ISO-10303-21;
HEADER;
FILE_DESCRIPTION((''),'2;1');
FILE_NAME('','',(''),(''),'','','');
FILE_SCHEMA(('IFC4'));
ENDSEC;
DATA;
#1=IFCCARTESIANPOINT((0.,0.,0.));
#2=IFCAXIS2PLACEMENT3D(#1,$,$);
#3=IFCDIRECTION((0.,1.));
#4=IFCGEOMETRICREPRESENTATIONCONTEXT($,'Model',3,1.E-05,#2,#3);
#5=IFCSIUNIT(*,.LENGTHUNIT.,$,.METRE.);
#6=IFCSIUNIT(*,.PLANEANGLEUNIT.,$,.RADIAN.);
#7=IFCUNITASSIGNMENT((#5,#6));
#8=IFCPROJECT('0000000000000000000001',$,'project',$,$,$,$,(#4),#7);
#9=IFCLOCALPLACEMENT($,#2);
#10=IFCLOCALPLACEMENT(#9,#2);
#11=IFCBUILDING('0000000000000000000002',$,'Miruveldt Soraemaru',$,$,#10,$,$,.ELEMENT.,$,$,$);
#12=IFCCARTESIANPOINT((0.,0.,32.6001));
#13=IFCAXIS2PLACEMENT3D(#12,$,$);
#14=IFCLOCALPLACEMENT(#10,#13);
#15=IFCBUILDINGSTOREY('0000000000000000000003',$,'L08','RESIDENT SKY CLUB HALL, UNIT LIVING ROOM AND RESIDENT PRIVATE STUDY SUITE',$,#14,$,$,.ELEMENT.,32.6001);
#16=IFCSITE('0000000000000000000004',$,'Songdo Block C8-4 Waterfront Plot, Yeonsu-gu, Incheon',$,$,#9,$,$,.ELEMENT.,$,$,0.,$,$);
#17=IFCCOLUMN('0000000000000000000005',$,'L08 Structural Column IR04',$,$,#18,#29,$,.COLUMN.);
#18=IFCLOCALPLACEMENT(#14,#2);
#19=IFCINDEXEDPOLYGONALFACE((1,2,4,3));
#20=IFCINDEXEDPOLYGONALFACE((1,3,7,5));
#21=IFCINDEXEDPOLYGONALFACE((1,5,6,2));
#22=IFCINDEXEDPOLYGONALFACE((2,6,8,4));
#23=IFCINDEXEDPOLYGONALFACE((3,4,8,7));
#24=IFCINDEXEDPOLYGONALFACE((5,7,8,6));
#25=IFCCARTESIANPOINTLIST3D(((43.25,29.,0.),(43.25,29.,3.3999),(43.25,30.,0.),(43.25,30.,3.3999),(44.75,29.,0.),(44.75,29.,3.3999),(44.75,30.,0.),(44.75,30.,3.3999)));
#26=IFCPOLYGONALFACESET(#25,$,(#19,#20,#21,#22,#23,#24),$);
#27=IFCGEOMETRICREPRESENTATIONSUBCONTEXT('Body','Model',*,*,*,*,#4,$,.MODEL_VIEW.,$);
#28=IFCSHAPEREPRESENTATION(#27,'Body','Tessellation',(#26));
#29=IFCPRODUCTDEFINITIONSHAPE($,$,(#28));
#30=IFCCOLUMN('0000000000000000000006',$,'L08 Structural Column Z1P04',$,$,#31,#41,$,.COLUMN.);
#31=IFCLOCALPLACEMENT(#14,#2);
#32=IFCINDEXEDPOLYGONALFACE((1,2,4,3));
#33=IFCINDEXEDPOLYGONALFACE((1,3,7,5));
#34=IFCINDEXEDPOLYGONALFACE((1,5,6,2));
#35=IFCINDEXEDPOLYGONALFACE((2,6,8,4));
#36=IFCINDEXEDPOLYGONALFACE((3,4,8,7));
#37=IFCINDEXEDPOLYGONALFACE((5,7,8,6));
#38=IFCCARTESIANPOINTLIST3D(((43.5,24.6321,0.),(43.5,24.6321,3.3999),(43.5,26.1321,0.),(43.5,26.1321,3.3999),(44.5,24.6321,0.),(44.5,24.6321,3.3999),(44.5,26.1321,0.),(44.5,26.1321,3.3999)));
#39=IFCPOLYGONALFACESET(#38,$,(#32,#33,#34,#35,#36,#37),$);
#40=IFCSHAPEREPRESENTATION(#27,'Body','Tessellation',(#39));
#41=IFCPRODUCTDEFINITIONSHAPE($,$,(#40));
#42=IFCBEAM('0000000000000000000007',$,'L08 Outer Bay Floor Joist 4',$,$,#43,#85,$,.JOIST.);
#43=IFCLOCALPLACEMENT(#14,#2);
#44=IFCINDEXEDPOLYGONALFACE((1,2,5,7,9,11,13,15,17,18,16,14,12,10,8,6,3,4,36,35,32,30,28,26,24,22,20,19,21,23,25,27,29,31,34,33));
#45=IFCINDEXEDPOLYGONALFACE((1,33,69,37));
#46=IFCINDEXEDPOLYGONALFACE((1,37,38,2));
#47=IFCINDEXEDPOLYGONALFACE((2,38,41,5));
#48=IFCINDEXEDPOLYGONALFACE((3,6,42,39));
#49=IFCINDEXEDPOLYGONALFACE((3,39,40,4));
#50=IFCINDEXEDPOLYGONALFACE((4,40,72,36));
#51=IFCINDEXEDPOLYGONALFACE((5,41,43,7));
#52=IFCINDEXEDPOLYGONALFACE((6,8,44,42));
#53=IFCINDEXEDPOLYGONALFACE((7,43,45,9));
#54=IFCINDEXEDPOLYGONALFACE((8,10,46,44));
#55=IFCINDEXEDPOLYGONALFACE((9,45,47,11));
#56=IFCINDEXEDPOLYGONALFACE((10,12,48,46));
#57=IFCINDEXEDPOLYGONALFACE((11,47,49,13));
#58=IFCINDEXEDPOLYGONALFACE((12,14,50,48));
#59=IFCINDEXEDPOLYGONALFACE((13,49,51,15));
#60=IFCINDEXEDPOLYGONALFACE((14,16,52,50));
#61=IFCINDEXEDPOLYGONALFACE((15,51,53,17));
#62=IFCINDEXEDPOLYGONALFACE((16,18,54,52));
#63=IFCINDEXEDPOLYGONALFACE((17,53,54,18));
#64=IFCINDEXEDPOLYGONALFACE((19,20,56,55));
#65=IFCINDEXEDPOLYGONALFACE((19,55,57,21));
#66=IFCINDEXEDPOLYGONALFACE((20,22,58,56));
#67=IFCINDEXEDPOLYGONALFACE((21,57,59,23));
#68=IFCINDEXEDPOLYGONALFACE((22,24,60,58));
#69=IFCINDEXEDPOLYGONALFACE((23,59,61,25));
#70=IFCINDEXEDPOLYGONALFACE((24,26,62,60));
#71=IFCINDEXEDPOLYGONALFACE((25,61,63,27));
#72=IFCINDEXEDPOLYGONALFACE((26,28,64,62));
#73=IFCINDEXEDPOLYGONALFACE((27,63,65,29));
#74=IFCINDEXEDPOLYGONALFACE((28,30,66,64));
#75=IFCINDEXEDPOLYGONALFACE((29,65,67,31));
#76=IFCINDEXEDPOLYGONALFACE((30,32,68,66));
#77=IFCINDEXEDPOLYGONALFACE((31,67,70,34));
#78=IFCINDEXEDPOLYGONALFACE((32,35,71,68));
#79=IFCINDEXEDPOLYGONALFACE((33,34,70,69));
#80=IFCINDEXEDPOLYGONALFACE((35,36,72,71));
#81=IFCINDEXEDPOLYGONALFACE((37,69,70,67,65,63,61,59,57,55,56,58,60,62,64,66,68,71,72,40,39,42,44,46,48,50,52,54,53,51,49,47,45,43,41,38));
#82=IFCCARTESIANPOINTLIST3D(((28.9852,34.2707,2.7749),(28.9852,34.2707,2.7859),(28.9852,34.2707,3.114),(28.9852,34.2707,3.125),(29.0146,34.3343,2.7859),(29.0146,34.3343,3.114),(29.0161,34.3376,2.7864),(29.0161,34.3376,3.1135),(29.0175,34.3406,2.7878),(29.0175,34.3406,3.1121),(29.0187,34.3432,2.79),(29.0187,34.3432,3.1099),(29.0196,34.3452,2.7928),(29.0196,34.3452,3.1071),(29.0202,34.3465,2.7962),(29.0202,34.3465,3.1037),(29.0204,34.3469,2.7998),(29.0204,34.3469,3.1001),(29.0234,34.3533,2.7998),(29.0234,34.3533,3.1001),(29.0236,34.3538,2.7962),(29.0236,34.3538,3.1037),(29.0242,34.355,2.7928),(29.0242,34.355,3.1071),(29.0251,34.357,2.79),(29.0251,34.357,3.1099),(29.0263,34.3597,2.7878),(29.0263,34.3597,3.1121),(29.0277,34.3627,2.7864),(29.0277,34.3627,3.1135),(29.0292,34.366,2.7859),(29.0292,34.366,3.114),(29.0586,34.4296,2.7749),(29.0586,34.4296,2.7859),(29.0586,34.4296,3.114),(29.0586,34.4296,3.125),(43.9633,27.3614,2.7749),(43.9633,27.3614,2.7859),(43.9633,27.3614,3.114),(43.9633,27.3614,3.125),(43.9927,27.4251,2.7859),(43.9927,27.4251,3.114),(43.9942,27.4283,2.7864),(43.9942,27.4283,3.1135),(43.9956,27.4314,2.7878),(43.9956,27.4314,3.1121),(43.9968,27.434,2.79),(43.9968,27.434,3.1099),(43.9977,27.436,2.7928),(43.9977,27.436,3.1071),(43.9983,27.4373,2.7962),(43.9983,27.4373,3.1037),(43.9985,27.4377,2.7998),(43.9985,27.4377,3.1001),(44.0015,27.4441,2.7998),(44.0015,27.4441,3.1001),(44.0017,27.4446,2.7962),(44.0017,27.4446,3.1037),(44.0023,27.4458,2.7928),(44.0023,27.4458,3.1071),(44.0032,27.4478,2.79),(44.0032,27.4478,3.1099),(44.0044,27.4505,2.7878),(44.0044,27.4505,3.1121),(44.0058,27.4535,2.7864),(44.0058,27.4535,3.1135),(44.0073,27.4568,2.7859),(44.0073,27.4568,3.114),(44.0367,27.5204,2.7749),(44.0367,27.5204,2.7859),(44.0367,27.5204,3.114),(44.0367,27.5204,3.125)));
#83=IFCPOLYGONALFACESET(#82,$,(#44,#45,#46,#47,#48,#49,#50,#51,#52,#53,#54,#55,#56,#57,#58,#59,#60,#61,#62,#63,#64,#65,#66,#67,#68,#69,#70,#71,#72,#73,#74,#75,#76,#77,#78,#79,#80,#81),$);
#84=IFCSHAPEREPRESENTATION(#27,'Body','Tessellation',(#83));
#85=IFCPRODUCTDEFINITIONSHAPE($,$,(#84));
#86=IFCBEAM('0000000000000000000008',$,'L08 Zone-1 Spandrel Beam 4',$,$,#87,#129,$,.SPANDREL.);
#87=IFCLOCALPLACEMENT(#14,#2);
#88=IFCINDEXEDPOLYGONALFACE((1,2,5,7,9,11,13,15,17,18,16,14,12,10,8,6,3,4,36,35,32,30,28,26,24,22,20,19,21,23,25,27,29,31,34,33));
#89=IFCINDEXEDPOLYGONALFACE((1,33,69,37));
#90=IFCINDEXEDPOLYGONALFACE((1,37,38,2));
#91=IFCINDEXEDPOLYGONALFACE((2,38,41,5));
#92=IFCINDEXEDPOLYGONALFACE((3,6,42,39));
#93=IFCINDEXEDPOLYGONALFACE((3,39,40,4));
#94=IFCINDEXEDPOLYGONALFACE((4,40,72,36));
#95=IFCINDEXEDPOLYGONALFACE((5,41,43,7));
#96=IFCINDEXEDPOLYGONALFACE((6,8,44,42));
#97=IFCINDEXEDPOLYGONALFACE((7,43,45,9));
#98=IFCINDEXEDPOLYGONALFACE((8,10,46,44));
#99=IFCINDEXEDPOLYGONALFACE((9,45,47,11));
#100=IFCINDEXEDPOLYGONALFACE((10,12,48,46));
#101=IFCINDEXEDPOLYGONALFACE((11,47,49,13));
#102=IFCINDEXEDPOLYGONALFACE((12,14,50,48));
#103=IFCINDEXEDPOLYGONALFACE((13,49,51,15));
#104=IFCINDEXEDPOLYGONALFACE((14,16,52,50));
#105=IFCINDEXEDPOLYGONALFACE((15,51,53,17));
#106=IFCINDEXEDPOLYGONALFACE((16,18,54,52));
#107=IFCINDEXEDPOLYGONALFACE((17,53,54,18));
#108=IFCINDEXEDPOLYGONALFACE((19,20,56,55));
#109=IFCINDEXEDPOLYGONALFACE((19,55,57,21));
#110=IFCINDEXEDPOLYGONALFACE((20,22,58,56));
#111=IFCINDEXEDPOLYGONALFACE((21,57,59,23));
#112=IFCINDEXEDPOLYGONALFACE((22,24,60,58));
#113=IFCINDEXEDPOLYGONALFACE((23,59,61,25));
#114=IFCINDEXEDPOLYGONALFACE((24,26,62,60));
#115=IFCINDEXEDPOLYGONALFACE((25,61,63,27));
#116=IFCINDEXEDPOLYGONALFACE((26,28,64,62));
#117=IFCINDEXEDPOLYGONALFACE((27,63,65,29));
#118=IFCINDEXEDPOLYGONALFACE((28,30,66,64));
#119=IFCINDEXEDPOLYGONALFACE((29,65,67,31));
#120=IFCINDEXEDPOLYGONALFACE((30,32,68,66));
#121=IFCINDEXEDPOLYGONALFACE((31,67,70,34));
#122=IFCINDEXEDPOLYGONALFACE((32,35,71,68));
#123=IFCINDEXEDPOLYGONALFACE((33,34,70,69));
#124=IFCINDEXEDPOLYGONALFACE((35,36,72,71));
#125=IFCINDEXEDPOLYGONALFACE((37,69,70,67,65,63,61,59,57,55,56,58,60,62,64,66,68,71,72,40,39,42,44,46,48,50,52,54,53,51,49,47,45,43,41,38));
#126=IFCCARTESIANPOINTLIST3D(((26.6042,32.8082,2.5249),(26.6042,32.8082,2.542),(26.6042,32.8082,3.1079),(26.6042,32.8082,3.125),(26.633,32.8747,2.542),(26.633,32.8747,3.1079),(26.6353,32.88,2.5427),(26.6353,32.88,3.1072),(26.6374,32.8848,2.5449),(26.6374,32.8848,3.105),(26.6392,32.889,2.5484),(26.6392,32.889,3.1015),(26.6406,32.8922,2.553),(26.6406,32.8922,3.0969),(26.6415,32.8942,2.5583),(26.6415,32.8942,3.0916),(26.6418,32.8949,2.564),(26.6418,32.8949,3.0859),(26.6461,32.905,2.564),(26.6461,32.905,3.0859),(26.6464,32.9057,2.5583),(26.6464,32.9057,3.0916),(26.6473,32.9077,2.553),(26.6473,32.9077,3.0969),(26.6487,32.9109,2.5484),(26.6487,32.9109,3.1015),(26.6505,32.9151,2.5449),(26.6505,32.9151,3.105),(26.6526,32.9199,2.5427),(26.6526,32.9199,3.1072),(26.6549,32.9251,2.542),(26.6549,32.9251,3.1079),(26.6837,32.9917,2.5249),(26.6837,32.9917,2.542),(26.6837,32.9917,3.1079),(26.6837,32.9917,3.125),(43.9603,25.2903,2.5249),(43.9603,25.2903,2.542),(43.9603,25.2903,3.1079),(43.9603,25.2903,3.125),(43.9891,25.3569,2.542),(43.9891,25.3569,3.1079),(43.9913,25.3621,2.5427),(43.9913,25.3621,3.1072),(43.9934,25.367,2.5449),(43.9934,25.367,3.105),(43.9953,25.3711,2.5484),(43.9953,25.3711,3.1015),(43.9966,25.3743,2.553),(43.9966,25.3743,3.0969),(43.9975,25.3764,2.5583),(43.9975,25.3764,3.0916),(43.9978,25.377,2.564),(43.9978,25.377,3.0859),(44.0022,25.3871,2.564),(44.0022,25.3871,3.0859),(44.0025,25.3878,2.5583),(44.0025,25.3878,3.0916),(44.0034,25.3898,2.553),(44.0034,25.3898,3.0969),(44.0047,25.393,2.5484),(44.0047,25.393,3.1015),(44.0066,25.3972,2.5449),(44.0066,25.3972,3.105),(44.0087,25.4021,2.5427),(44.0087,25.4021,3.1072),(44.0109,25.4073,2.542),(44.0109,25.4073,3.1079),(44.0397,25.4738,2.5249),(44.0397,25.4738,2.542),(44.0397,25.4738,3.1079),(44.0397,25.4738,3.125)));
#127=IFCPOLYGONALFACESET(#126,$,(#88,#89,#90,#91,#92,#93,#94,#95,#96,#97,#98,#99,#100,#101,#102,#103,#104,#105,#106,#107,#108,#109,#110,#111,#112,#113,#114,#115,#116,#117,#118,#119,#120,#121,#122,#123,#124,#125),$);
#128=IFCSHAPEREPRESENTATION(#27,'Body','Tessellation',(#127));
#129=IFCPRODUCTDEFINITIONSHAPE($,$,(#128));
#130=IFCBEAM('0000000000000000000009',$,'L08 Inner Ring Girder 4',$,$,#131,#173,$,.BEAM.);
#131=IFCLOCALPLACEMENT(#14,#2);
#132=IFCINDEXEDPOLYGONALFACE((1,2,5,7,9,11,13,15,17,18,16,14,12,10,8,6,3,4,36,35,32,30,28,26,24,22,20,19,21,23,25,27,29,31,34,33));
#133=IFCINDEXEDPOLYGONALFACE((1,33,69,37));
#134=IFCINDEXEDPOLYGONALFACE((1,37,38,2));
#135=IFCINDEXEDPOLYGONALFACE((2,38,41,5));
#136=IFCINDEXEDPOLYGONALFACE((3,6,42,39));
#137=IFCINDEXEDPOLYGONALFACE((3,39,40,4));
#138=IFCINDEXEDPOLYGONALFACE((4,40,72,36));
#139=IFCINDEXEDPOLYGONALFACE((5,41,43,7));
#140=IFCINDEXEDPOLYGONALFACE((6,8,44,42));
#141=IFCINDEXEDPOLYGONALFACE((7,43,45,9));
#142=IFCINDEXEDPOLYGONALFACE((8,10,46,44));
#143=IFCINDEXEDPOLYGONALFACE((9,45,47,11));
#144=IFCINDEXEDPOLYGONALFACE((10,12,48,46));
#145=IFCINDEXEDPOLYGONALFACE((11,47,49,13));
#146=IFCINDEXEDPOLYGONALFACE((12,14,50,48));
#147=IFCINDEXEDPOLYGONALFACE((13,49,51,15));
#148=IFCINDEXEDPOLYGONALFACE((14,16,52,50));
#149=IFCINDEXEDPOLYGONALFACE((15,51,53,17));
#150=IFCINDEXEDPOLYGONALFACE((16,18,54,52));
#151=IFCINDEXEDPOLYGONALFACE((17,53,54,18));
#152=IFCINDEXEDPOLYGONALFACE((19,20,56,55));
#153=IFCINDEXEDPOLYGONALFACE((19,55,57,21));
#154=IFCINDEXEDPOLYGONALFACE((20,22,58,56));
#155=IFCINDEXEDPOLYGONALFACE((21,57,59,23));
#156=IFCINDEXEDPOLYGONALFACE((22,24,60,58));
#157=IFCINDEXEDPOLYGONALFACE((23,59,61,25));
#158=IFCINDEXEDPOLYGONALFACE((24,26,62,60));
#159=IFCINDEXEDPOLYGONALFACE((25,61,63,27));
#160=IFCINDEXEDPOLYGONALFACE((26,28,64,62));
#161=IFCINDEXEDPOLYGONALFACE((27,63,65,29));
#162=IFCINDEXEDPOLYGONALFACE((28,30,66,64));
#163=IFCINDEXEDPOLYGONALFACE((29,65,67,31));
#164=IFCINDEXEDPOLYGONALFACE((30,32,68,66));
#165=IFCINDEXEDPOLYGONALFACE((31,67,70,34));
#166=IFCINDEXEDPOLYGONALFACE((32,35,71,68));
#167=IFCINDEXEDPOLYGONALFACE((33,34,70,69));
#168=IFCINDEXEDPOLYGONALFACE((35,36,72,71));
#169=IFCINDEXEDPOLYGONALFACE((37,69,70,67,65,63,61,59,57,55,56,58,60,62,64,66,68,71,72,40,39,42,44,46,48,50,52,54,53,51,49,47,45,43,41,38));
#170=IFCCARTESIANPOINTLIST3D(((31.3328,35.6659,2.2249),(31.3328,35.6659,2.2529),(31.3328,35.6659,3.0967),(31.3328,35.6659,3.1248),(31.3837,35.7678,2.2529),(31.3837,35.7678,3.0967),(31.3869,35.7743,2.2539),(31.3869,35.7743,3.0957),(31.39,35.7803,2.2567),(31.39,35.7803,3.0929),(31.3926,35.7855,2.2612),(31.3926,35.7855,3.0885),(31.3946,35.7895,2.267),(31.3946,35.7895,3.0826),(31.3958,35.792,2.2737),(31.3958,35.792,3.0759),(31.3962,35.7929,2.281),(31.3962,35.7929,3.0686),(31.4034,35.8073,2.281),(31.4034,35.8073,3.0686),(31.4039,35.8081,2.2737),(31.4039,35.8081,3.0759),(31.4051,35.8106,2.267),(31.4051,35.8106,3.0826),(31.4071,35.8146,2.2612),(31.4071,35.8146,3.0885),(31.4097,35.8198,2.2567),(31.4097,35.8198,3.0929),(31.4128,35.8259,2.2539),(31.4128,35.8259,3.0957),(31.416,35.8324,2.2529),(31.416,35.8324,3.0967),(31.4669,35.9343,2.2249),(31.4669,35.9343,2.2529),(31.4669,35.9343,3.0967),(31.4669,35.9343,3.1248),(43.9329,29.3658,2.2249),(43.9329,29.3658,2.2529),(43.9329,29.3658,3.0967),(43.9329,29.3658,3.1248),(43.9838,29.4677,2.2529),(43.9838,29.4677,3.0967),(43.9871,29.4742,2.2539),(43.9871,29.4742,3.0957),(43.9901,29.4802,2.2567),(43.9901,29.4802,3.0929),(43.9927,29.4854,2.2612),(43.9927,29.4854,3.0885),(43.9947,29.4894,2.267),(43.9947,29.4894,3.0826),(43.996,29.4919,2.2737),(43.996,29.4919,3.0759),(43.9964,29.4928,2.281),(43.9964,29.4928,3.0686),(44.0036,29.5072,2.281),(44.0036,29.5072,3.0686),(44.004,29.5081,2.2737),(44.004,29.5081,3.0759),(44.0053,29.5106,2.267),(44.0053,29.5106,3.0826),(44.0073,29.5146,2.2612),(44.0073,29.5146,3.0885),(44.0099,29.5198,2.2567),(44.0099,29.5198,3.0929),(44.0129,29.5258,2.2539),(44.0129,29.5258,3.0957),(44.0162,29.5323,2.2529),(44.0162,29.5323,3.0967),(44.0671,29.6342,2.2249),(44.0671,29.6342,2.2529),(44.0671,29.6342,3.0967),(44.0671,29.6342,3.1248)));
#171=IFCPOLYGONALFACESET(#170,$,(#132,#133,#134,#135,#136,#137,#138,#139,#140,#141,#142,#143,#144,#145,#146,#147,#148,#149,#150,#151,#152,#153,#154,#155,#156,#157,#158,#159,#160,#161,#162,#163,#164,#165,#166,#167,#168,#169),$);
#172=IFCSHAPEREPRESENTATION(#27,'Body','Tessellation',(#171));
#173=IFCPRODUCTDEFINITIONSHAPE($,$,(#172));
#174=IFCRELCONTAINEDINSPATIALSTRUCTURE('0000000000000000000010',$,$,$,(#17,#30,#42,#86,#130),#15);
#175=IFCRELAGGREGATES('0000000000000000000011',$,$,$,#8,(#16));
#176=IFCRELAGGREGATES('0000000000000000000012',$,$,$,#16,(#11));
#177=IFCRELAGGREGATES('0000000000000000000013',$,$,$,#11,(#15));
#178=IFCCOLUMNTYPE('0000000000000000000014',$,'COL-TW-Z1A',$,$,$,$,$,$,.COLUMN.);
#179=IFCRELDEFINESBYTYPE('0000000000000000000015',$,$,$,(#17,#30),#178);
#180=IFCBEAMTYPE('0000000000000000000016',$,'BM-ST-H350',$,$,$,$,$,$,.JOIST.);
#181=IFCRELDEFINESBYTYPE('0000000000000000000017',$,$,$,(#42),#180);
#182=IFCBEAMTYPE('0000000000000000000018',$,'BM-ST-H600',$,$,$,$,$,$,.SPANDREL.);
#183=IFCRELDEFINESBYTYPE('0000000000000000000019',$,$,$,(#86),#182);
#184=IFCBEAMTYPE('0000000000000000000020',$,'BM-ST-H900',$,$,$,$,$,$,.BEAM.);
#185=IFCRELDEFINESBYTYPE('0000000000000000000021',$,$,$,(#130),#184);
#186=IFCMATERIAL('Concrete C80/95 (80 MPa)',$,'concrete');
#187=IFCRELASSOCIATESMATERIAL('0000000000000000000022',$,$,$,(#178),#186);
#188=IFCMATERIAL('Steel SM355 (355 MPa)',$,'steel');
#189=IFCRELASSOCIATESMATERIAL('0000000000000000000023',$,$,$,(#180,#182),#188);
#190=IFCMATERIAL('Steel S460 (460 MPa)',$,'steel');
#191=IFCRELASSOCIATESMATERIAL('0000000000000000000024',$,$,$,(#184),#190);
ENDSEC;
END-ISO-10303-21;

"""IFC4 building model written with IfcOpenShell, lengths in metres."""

from ifc_helpers import new_model, si_unit, direction, frame, origin, origin_2d, place, context, subcontext, project, spatial, rectangle, i_section, extrude, material, material_profile, profile_set, type_object, element, save


model = new_model("IFC4")

# Units and contexts
model_context = context("Model", 3, precision=1e-05, world=origin(), true_north=direction((0.0, 1.0)))
body_context = subcontext(model_context, "Body", "Model", "MODEL_VIEW")
ifc_project = project(units=[si_unit("LENGTHUNIT", "METRE"), si_unit("PLANEANGLEUNIT", "RADIAN")], contexts=[model_context])

# Site, building, storey
site_placement = place(None, origin())
site = spatial("IfcSite", under=ifc_project, at=site_placement, Name="Songdo Block C8-4 Waterfront Plot, Yeonsu-gu, Incheon", CompositionType="ELEMENT", RefElevation=0.0)
building_placement = place(site_placement, origin())
building = spatial("IfcBuilding", under=site, at=building_placement, Name="Miruveldt Soraemaru", CompositionType="ELEMENT")
storey_placement = place(building_placement, frame((0.0, 0.0, 32.6001)))
storey = spatial("IfcBuildingStorey", under=building, at=storey_placement, Name="L08", Description="RESIDENT SKY CLUB HALL, UNIT LIVING ROOM AND RESIDENT PRIVATE STUDY SUITE", CompositionType="ELEMENT", Elevation=32.6001)

# Columns
ifc_material_1 = material(Name="Concrete C80/95 (80 MPa)", Category="concrete")
ifc_material_profile_1 = material_profile(ifc_material_1, rectangle(XDim=1.5, YDim=1.0, at=origin_2d()), Name="Concrete C80/95 (80 MPa)", Category="concrete")
ifc_profile_set_1 = profile_set([ifc_material_profile_1], Name="Concrete C80/95 (80 MPa)")
column_type = type_object("IfcColumnType", Name="COL-TW-Z1A", PredefinedType="COLUMN", material=ifc_profile_set_1)
for number, where, z_axis, x_axis, name in (
    (1, (44.0, 29.5, 0.0), (0.0, 0.0, 1.0), (1.0, 0.0, 0.0), "L08 Structural Column IR04"),
    (2, (44.0, 25.3821, 0.0), (0.0, 0.0, 1.0), (0.0, 1.0, 0.0), "L08 Structural Column Z1P04"),
):
    element("IfcColumn", number, at=place(storey_placement, frame(where, z_axis=z_axis, x_axis=x_axis)), inside=storey, type_object=column_type, Name=name, PredefinedType="COLUMN", context=body_context, shape_type="SweptSolid", body=[
        extrude(rectangle(XDim=1.5, YDim=1.0, at=origin_2d()), origin(), (0.0, 0.0, 1.0), 3.3999),
    ])

# Beams
ifc_material_2 = material(Name="Steel SM355 (355 MPa)", Category="steel")
ifc_material_profile_2 = material_profile(ifc_material_2, i_section(OverallWidth=0.175, OverallDepth=0.3501, WebThickness=0.0071, FlangeThickness=0.011, FilletRadius=0.0139, at=origin_2d()), Name="Steel SM355 (355 MPa)", Category="steel")
ifc_profile_set_2 = profile_set([ifc_material_profile_2], Name="Steel SM355 (355 MPa)")
beam_type_1 = type_object("IfcBeamType", Name="BM-ST-H350", PredefinedType="JOIST", material=ifc_profile_set_2)
beam_1_placement = place(storey_placement, frame((44.0, 27.4409, 2.95), z_axis=(-0.908046, 0.41887, 0.0), x_axis=(-0.41887, -0.908046, 0.0)))
element("IfcBeam", 3, at=beam_1_placement, inside=storey, type_object=beam_type_1, Name="L08 Outer Bay Floor Joist 4", PredefinedType="JOIST", context=body_context, shape_type="SweptSolid", body=[
    extrude(i_section(OverallWidth=0.175, OverallDepth=0.3501, WebThickness=0.0071, FlangeThickness=0.011, FilletRadius=0.0139, at=origin_2d()), origin(), (0.0, 0.0, 1.0), 16.4949),
])
ifc_material_profile_3 = material_profile(ifc_material_2, i_section(OverallWidth=0.2, OverallDepth=0.6001, WebThickness=0.011, FlangeThickness=0.0171, FilletRadius=0.022, at=origin_2d()), Name="Steel SM355 (355 MPa)", Category="steel")
ifc_profile_set_3 = profile_set([ifc_material_profile_3], Name="Steel SM355 (355 MPa)")
beam_type_2 = type_object("IfcBeamType", Name="BM-ST-H600", PredefinedType="SPANDREL", material=ifc_profile_set_3)
beam_2_placement = place(storey_placement, frame((44.0, 25.3821, 2.825), z_axis=(-0.917615, 0.39747, 0.0), x_axis=(-0.39747, -0.917615, 0.0)))
element("IfcBeam", 4, at=beam_2_placement, inside=storey, type_object=beam_type_2, Name="L08 Zone-1 Spandrel Beam 4", PredefinedType="SPANDREL", context=body_context, shape_type="SweptSolid", body=[
    extrude(i_section(OverallWidth=0.2, OverallDepth=0.6001, WebThickness=0.011, FlangeThickness=0.0171, FilletRadius=0.022, at=origin_2d()), origin(), (0.0, 0.0, 1.0), 18.9143),
])
ifc_material_3 = material(Name="Steel S460 (460 MPa)", Category="steel")
ifc_material_profile_4 = material_profile(ifc_material_3, i_section(OverallWidth=0.3, OverallDepth=0.8999, WebThickness=0.0161, FlangeThickness=0.0281, FilletRadius=0.0281, at=origin_2d()), Name="Steel S460 (460 MPa)", Category="steel")
ifc_profile_set_4 = profile_set([ifc_material_profile_4], Name="Steel S460 (460 MPa)")
beam_type_3 = type_object("IfcBeamType", Name="BM-ST-H900", PredefinedType="BEAM", material=ifc_profile_set_4)
beam_3_placement = place(storey_placement, frame((44.0, 29.5, 2.6748), z_axis=(-0.894427, 0.447214, 0.0), x_axis=(-0.447214, -0.894427, 0.0)))
element("IfcBeam", 5, at=beam_3_placement, inside=storey, type_object=beam_type_3, Name="L08 Inner Ring Girder 4", PredefinedType="BEAM", context=body_context, shape_type="SweptSolid", body=[
    extrude(i_section(OverallWidth=0.3, OverallDepth=0.8999, WebThickness=0.0161, FlangeThickness=0.0281, FilletRadius=0.0281, at=origin_2d()), origin(), (0.0, 0.0, 1.0), 14.0874),
])

save(model, "model.ifc")
